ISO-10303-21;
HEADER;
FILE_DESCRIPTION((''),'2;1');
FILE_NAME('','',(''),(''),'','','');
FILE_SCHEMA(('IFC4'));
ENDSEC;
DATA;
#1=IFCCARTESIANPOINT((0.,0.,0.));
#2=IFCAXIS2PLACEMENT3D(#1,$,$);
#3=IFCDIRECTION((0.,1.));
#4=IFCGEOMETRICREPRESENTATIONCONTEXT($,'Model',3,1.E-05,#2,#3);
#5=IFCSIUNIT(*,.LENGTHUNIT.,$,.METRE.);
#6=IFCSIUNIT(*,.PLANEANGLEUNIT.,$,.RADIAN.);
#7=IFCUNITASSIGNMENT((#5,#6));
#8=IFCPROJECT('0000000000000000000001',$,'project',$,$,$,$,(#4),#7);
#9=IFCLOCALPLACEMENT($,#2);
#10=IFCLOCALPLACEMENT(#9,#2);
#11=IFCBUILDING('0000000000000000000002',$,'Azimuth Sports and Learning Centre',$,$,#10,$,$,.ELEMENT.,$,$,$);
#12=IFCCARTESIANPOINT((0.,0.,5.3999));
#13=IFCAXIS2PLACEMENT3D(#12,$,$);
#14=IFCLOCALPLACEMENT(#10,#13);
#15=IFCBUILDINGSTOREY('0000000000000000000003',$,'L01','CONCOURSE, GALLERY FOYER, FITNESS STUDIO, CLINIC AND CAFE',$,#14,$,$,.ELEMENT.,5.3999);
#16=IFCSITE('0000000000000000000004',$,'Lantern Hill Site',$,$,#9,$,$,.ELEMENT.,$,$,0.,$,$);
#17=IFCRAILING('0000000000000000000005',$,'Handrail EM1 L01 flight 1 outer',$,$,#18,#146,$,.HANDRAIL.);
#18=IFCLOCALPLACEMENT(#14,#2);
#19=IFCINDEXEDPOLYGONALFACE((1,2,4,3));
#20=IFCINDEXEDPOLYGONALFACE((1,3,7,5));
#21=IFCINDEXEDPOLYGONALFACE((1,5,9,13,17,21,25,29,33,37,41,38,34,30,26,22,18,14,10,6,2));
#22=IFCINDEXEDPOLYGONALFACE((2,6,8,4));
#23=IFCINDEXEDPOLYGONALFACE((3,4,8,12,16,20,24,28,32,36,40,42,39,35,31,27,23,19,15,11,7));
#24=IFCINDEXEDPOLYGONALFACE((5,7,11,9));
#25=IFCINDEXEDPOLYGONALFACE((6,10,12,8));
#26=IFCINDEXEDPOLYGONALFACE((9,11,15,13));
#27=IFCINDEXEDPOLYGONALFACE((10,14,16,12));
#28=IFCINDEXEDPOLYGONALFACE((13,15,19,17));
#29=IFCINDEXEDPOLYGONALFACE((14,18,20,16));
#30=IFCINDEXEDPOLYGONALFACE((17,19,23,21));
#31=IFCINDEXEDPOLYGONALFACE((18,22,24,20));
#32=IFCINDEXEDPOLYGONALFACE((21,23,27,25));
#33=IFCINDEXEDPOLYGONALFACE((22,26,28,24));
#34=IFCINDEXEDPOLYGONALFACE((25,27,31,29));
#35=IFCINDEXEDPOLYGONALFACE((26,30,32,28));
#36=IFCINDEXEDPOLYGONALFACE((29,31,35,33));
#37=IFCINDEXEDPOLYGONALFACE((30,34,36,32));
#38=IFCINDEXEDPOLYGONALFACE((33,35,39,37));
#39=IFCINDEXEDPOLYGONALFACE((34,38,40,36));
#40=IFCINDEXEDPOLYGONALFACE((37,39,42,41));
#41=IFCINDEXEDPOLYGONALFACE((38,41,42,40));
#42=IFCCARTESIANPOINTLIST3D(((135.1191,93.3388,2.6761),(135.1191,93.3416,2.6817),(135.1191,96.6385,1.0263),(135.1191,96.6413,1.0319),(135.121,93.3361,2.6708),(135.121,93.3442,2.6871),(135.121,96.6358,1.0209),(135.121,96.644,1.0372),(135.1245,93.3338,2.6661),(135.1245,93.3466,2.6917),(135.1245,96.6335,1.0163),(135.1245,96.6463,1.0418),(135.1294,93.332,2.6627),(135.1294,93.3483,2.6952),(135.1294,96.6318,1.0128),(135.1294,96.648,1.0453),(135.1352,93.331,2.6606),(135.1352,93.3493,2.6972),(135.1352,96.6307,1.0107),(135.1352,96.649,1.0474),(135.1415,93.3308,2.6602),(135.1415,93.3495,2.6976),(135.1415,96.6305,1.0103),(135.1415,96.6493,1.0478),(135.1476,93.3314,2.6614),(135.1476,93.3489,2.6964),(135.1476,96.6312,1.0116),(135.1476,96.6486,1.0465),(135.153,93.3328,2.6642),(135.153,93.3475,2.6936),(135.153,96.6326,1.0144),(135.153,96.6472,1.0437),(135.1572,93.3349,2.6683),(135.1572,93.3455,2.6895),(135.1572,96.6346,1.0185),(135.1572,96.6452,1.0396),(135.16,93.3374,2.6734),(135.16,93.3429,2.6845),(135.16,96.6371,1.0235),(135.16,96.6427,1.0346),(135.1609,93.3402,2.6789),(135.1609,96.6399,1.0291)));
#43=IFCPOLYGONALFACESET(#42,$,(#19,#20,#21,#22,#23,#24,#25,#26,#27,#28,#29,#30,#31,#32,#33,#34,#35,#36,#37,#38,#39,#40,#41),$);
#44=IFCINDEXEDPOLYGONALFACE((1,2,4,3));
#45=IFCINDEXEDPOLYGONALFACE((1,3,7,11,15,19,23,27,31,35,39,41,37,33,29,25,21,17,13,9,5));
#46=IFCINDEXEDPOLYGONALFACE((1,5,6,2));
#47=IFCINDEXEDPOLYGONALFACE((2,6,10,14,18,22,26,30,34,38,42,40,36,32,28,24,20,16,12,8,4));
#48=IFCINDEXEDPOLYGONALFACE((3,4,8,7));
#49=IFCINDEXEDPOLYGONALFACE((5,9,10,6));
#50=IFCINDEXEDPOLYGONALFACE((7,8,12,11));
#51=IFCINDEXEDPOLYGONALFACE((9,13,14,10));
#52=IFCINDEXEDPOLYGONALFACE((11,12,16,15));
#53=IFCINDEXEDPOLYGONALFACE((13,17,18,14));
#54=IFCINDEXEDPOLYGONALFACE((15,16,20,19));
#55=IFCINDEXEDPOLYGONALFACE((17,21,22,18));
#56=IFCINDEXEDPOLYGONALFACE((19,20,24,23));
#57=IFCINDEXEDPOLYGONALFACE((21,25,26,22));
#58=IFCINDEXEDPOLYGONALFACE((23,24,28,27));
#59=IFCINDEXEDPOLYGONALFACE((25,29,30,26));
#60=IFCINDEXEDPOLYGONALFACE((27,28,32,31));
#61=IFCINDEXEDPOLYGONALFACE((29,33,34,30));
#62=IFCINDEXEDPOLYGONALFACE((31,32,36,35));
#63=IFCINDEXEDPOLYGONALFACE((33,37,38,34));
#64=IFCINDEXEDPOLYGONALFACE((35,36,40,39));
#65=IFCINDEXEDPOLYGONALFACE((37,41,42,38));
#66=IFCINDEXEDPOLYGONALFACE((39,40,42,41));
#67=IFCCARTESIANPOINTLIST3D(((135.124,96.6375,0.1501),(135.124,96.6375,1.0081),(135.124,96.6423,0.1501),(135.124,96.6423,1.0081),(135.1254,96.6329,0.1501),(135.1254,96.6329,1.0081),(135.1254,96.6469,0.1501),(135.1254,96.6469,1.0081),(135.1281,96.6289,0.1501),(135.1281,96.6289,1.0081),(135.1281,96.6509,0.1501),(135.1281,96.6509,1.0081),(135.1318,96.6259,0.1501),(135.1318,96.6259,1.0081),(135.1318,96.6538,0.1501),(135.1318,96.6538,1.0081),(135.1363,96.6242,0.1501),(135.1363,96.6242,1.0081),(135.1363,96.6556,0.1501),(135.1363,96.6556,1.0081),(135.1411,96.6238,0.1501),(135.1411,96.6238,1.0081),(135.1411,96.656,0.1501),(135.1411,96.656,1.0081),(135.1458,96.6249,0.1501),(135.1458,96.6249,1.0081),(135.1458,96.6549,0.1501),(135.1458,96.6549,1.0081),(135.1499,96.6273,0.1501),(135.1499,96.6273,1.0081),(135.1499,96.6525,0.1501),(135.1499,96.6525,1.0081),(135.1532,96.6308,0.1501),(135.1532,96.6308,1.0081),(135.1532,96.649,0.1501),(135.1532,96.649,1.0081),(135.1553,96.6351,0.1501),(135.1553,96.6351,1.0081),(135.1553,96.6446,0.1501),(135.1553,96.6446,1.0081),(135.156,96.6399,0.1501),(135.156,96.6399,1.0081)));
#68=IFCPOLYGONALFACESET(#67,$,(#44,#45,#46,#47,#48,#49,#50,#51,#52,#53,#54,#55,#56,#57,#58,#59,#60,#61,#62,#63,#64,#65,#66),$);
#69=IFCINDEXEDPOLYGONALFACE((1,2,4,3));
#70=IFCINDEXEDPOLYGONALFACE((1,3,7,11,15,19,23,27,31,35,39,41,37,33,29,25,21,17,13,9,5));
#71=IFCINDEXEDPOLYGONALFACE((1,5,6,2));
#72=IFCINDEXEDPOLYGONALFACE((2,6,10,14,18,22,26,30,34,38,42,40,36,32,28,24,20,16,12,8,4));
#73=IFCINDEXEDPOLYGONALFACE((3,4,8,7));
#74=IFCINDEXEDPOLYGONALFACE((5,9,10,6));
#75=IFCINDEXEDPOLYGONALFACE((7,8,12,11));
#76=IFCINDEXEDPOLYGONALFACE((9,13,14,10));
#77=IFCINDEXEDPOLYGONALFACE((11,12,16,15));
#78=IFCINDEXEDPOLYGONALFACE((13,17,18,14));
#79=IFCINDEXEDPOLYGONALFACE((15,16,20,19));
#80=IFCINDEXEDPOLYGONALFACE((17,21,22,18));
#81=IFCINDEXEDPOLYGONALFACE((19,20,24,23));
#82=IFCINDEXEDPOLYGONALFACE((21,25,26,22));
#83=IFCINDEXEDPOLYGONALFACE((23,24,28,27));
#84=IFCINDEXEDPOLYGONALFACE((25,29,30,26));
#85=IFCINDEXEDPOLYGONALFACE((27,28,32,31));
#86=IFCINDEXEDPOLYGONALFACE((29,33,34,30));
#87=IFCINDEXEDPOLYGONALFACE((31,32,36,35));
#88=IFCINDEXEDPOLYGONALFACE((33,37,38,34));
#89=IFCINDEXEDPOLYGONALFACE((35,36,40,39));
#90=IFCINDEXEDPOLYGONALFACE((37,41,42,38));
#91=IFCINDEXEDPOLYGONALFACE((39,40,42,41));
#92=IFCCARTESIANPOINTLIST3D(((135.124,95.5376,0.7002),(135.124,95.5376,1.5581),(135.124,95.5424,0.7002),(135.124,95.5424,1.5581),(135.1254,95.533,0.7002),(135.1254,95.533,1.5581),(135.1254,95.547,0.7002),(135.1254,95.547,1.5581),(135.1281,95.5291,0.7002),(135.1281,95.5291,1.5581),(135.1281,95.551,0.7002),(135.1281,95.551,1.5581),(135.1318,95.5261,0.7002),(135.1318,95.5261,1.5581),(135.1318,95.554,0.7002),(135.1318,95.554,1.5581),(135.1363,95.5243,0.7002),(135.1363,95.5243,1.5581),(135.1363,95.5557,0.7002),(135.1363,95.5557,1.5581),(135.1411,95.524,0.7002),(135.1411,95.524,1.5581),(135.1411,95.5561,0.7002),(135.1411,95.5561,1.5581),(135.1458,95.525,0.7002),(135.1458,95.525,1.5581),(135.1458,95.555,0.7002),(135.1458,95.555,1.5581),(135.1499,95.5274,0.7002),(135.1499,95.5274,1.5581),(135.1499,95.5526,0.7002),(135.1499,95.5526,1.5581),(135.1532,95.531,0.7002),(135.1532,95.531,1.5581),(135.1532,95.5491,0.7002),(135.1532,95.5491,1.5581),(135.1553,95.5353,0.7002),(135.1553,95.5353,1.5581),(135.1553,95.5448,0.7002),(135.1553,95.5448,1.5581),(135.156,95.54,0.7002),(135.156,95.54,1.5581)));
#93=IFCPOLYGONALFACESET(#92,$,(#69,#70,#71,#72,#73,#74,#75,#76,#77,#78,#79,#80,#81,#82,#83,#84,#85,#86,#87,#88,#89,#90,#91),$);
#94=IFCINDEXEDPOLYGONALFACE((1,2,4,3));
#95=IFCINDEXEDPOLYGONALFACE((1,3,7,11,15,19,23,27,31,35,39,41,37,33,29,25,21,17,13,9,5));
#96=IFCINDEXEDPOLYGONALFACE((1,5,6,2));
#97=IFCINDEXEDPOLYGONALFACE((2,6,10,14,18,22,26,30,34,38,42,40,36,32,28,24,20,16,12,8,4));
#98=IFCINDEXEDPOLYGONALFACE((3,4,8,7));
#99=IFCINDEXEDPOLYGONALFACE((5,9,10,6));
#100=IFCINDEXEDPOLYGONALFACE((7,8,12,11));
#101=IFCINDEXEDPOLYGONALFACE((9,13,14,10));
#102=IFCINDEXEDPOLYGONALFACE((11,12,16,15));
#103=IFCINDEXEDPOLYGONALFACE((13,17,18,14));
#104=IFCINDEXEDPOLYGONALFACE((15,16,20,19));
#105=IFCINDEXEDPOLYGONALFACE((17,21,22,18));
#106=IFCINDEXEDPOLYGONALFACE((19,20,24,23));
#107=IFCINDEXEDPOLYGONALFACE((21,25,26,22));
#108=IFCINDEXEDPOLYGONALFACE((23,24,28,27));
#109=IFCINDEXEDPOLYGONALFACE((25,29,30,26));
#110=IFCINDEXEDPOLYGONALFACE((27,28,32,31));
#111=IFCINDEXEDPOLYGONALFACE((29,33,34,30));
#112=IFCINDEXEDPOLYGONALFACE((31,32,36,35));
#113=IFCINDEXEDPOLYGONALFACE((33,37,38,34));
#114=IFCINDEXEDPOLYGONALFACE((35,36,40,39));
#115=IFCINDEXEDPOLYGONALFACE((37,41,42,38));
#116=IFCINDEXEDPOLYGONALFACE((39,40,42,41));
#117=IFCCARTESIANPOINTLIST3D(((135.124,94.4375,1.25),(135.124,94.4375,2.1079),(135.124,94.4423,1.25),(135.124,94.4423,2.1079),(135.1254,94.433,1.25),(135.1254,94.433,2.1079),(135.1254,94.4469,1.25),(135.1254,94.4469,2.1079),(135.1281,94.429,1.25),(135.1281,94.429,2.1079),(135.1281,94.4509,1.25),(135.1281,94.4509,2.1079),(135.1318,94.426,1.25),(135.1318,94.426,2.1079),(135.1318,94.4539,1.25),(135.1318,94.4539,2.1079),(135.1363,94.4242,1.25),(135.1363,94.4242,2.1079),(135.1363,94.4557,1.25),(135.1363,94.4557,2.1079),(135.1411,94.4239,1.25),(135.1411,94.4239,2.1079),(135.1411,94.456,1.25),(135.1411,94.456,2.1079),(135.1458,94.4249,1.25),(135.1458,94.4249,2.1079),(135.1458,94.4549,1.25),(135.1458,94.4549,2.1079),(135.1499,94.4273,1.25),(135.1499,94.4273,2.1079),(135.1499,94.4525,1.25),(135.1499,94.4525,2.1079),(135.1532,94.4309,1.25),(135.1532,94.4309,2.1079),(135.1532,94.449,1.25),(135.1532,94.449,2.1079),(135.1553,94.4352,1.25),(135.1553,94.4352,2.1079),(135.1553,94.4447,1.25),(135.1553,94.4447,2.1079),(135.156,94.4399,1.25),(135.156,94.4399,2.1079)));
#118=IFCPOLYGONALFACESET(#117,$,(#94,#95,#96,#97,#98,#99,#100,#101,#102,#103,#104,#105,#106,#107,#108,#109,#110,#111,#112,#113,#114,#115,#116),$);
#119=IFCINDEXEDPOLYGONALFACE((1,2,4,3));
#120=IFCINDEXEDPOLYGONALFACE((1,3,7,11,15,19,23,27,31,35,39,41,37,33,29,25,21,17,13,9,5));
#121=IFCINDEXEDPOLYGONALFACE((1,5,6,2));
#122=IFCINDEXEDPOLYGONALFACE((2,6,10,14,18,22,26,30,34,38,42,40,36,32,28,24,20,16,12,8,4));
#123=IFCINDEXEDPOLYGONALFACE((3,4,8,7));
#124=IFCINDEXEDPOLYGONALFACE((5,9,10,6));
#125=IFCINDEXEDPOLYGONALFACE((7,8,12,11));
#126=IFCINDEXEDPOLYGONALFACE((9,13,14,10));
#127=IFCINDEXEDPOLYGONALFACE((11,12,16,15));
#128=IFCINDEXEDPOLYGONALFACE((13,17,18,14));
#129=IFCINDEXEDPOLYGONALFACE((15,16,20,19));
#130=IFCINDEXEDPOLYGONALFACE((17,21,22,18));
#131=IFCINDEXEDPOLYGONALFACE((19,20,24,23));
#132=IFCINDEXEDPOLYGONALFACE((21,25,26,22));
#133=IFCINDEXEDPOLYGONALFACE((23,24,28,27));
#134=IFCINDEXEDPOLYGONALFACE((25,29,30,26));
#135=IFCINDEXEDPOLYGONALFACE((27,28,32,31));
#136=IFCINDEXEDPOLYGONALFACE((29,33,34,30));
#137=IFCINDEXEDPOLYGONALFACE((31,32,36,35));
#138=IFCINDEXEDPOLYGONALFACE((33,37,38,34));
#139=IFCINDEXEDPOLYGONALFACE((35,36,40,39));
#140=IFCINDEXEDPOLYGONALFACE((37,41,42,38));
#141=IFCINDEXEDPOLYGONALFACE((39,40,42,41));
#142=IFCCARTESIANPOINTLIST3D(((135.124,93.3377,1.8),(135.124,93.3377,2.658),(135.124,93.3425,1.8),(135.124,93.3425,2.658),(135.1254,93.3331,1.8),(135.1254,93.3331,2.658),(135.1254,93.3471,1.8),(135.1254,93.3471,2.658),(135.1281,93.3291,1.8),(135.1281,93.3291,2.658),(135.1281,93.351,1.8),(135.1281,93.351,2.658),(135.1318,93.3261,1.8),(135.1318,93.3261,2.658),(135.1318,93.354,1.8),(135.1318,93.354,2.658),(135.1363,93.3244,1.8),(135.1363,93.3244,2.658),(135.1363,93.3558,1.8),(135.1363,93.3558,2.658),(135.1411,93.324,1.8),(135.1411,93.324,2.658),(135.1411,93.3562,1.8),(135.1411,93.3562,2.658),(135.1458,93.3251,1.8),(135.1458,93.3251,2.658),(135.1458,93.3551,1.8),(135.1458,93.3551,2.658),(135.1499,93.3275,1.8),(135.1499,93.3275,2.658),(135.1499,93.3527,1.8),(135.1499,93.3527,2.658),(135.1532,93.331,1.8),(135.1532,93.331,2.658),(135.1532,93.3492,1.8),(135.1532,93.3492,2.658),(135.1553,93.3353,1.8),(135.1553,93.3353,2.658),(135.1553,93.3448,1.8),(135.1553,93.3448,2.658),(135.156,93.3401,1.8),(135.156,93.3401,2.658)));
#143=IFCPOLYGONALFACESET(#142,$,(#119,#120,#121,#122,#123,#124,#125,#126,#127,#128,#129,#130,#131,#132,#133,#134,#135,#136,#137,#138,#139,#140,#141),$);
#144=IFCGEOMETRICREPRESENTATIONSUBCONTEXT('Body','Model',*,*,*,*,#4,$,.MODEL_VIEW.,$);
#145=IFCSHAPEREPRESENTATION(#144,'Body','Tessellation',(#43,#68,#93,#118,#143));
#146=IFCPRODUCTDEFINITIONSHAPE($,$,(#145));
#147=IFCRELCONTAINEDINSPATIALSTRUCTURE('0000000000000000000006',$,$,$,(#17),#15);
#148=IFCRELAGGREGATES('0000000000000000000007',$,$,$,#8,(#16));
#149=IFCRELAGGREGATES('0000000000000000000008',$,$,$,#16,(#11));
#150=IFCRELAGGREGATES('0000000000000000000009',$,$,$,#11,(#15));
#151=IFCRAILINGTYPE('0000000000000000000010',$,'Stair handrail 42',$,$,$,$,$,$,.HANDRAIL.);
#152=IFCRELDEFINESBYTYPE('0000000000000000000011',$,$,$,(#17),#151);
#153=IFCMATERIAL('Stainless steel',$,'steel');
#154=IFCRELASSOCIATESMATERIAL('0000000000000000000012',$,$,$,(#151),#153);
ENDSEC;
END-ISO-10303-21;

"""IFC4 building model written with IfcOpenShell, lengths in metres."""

from ifc_helpers import new_model, si_unit, direction, frame, origin, origin_2d, place, context, subcontext, project, spatial, circle, extrude, material, type_object, element, save


model = new_model("IFC4")

# Units and contexts
model_context = context("Model", 3, precision=1e-05, world=origin(), true_north=direction((0.0, 1.0)))
body_context = subcontext(model_context, "Body", "Model", "MODEL_VIEW")
ifc_project = project(units=[si_unit("LENGTHUNIT", "METRE"), si_unit("PLANEANGLEUNIT", "RADIAN")], contexts=[model_context])

# Site, building, storey
site_placement = place(None, origin())
site = spatial("IfcSite", under=ifc_project, at=site_placement, Name="Lantern Hill Site", CompositionType="ELEMENT", RefElevation=0.0)
building_placement = place(site_placement, origin())
building = spatial("IfcBuilding", under=site, at=building_placement, Name="Azimuth Sports and Learning Centre", CompositionType="ELEMENT")
storey_placement = place(building_placement, frame((0.0, 0.0, 5.3999)))
storey = spatial("IfcBuildingStorey", under=building, at=storey_placement, Name="L01", Description="CONCOURSE, GALLERY FOYER, FITNESS STUDIO, CLINIC AND CAFE", CompositionType="ELEMENT", Elevation=5.3999)

# Railing
ifc_material_1 = material(Name="Stainless steel", Category="steel")
railing_type = type_object("IfcRailingType", Name="Stair handrail 42", PredefinedType="HANDRAIL", material=ifc_material_1)
railing_1_placement = place(storey_placement, frame((135.1399, 96.6399, 0.1501)))
element("IfcRailing", 1, at=railing_1_placement, inside=storey, type_object=railing_type, Name="Handrail EM1 L01 flight 1 outer", PredefinedType="HANDRAIL", context=body_context, shape_type="SweptSolid", body=[
    extrude(circle(Radius=0.021, at=origin_2d()), frame((0.0, 0.0, 0.8789), z_axis=(0.0, -0.894427, 0.447214), x_axis=(1.0, 0.0, 0.0)), (0.0, 0.0, 1.0), 3.6892),
    extrude(circle(Radius=0.0161, at=origin_2d()), origin(), (0.0, 0.0, 1.0), 0.8579),
    extrude(circle(Radius=0.0161, at=origin_2d()), frame((0.0, -1.0999, 0.55)), (0.0, 0.0, 1.0), 0.8579),
    extrude(circle(Radius=0.0161, at=origin_2d()), frame((0.0, -2.2, 1.0999)), (0.0, 0.0, 1.0), 0.8579),
    extrude(circle(Radius=0.0161, at=origin_2d()), frame((0.0, -3.2998, 1.6499)), (0.0, 0.0, 1.0), 0.8579),
])

save(model, "model.ifc")
